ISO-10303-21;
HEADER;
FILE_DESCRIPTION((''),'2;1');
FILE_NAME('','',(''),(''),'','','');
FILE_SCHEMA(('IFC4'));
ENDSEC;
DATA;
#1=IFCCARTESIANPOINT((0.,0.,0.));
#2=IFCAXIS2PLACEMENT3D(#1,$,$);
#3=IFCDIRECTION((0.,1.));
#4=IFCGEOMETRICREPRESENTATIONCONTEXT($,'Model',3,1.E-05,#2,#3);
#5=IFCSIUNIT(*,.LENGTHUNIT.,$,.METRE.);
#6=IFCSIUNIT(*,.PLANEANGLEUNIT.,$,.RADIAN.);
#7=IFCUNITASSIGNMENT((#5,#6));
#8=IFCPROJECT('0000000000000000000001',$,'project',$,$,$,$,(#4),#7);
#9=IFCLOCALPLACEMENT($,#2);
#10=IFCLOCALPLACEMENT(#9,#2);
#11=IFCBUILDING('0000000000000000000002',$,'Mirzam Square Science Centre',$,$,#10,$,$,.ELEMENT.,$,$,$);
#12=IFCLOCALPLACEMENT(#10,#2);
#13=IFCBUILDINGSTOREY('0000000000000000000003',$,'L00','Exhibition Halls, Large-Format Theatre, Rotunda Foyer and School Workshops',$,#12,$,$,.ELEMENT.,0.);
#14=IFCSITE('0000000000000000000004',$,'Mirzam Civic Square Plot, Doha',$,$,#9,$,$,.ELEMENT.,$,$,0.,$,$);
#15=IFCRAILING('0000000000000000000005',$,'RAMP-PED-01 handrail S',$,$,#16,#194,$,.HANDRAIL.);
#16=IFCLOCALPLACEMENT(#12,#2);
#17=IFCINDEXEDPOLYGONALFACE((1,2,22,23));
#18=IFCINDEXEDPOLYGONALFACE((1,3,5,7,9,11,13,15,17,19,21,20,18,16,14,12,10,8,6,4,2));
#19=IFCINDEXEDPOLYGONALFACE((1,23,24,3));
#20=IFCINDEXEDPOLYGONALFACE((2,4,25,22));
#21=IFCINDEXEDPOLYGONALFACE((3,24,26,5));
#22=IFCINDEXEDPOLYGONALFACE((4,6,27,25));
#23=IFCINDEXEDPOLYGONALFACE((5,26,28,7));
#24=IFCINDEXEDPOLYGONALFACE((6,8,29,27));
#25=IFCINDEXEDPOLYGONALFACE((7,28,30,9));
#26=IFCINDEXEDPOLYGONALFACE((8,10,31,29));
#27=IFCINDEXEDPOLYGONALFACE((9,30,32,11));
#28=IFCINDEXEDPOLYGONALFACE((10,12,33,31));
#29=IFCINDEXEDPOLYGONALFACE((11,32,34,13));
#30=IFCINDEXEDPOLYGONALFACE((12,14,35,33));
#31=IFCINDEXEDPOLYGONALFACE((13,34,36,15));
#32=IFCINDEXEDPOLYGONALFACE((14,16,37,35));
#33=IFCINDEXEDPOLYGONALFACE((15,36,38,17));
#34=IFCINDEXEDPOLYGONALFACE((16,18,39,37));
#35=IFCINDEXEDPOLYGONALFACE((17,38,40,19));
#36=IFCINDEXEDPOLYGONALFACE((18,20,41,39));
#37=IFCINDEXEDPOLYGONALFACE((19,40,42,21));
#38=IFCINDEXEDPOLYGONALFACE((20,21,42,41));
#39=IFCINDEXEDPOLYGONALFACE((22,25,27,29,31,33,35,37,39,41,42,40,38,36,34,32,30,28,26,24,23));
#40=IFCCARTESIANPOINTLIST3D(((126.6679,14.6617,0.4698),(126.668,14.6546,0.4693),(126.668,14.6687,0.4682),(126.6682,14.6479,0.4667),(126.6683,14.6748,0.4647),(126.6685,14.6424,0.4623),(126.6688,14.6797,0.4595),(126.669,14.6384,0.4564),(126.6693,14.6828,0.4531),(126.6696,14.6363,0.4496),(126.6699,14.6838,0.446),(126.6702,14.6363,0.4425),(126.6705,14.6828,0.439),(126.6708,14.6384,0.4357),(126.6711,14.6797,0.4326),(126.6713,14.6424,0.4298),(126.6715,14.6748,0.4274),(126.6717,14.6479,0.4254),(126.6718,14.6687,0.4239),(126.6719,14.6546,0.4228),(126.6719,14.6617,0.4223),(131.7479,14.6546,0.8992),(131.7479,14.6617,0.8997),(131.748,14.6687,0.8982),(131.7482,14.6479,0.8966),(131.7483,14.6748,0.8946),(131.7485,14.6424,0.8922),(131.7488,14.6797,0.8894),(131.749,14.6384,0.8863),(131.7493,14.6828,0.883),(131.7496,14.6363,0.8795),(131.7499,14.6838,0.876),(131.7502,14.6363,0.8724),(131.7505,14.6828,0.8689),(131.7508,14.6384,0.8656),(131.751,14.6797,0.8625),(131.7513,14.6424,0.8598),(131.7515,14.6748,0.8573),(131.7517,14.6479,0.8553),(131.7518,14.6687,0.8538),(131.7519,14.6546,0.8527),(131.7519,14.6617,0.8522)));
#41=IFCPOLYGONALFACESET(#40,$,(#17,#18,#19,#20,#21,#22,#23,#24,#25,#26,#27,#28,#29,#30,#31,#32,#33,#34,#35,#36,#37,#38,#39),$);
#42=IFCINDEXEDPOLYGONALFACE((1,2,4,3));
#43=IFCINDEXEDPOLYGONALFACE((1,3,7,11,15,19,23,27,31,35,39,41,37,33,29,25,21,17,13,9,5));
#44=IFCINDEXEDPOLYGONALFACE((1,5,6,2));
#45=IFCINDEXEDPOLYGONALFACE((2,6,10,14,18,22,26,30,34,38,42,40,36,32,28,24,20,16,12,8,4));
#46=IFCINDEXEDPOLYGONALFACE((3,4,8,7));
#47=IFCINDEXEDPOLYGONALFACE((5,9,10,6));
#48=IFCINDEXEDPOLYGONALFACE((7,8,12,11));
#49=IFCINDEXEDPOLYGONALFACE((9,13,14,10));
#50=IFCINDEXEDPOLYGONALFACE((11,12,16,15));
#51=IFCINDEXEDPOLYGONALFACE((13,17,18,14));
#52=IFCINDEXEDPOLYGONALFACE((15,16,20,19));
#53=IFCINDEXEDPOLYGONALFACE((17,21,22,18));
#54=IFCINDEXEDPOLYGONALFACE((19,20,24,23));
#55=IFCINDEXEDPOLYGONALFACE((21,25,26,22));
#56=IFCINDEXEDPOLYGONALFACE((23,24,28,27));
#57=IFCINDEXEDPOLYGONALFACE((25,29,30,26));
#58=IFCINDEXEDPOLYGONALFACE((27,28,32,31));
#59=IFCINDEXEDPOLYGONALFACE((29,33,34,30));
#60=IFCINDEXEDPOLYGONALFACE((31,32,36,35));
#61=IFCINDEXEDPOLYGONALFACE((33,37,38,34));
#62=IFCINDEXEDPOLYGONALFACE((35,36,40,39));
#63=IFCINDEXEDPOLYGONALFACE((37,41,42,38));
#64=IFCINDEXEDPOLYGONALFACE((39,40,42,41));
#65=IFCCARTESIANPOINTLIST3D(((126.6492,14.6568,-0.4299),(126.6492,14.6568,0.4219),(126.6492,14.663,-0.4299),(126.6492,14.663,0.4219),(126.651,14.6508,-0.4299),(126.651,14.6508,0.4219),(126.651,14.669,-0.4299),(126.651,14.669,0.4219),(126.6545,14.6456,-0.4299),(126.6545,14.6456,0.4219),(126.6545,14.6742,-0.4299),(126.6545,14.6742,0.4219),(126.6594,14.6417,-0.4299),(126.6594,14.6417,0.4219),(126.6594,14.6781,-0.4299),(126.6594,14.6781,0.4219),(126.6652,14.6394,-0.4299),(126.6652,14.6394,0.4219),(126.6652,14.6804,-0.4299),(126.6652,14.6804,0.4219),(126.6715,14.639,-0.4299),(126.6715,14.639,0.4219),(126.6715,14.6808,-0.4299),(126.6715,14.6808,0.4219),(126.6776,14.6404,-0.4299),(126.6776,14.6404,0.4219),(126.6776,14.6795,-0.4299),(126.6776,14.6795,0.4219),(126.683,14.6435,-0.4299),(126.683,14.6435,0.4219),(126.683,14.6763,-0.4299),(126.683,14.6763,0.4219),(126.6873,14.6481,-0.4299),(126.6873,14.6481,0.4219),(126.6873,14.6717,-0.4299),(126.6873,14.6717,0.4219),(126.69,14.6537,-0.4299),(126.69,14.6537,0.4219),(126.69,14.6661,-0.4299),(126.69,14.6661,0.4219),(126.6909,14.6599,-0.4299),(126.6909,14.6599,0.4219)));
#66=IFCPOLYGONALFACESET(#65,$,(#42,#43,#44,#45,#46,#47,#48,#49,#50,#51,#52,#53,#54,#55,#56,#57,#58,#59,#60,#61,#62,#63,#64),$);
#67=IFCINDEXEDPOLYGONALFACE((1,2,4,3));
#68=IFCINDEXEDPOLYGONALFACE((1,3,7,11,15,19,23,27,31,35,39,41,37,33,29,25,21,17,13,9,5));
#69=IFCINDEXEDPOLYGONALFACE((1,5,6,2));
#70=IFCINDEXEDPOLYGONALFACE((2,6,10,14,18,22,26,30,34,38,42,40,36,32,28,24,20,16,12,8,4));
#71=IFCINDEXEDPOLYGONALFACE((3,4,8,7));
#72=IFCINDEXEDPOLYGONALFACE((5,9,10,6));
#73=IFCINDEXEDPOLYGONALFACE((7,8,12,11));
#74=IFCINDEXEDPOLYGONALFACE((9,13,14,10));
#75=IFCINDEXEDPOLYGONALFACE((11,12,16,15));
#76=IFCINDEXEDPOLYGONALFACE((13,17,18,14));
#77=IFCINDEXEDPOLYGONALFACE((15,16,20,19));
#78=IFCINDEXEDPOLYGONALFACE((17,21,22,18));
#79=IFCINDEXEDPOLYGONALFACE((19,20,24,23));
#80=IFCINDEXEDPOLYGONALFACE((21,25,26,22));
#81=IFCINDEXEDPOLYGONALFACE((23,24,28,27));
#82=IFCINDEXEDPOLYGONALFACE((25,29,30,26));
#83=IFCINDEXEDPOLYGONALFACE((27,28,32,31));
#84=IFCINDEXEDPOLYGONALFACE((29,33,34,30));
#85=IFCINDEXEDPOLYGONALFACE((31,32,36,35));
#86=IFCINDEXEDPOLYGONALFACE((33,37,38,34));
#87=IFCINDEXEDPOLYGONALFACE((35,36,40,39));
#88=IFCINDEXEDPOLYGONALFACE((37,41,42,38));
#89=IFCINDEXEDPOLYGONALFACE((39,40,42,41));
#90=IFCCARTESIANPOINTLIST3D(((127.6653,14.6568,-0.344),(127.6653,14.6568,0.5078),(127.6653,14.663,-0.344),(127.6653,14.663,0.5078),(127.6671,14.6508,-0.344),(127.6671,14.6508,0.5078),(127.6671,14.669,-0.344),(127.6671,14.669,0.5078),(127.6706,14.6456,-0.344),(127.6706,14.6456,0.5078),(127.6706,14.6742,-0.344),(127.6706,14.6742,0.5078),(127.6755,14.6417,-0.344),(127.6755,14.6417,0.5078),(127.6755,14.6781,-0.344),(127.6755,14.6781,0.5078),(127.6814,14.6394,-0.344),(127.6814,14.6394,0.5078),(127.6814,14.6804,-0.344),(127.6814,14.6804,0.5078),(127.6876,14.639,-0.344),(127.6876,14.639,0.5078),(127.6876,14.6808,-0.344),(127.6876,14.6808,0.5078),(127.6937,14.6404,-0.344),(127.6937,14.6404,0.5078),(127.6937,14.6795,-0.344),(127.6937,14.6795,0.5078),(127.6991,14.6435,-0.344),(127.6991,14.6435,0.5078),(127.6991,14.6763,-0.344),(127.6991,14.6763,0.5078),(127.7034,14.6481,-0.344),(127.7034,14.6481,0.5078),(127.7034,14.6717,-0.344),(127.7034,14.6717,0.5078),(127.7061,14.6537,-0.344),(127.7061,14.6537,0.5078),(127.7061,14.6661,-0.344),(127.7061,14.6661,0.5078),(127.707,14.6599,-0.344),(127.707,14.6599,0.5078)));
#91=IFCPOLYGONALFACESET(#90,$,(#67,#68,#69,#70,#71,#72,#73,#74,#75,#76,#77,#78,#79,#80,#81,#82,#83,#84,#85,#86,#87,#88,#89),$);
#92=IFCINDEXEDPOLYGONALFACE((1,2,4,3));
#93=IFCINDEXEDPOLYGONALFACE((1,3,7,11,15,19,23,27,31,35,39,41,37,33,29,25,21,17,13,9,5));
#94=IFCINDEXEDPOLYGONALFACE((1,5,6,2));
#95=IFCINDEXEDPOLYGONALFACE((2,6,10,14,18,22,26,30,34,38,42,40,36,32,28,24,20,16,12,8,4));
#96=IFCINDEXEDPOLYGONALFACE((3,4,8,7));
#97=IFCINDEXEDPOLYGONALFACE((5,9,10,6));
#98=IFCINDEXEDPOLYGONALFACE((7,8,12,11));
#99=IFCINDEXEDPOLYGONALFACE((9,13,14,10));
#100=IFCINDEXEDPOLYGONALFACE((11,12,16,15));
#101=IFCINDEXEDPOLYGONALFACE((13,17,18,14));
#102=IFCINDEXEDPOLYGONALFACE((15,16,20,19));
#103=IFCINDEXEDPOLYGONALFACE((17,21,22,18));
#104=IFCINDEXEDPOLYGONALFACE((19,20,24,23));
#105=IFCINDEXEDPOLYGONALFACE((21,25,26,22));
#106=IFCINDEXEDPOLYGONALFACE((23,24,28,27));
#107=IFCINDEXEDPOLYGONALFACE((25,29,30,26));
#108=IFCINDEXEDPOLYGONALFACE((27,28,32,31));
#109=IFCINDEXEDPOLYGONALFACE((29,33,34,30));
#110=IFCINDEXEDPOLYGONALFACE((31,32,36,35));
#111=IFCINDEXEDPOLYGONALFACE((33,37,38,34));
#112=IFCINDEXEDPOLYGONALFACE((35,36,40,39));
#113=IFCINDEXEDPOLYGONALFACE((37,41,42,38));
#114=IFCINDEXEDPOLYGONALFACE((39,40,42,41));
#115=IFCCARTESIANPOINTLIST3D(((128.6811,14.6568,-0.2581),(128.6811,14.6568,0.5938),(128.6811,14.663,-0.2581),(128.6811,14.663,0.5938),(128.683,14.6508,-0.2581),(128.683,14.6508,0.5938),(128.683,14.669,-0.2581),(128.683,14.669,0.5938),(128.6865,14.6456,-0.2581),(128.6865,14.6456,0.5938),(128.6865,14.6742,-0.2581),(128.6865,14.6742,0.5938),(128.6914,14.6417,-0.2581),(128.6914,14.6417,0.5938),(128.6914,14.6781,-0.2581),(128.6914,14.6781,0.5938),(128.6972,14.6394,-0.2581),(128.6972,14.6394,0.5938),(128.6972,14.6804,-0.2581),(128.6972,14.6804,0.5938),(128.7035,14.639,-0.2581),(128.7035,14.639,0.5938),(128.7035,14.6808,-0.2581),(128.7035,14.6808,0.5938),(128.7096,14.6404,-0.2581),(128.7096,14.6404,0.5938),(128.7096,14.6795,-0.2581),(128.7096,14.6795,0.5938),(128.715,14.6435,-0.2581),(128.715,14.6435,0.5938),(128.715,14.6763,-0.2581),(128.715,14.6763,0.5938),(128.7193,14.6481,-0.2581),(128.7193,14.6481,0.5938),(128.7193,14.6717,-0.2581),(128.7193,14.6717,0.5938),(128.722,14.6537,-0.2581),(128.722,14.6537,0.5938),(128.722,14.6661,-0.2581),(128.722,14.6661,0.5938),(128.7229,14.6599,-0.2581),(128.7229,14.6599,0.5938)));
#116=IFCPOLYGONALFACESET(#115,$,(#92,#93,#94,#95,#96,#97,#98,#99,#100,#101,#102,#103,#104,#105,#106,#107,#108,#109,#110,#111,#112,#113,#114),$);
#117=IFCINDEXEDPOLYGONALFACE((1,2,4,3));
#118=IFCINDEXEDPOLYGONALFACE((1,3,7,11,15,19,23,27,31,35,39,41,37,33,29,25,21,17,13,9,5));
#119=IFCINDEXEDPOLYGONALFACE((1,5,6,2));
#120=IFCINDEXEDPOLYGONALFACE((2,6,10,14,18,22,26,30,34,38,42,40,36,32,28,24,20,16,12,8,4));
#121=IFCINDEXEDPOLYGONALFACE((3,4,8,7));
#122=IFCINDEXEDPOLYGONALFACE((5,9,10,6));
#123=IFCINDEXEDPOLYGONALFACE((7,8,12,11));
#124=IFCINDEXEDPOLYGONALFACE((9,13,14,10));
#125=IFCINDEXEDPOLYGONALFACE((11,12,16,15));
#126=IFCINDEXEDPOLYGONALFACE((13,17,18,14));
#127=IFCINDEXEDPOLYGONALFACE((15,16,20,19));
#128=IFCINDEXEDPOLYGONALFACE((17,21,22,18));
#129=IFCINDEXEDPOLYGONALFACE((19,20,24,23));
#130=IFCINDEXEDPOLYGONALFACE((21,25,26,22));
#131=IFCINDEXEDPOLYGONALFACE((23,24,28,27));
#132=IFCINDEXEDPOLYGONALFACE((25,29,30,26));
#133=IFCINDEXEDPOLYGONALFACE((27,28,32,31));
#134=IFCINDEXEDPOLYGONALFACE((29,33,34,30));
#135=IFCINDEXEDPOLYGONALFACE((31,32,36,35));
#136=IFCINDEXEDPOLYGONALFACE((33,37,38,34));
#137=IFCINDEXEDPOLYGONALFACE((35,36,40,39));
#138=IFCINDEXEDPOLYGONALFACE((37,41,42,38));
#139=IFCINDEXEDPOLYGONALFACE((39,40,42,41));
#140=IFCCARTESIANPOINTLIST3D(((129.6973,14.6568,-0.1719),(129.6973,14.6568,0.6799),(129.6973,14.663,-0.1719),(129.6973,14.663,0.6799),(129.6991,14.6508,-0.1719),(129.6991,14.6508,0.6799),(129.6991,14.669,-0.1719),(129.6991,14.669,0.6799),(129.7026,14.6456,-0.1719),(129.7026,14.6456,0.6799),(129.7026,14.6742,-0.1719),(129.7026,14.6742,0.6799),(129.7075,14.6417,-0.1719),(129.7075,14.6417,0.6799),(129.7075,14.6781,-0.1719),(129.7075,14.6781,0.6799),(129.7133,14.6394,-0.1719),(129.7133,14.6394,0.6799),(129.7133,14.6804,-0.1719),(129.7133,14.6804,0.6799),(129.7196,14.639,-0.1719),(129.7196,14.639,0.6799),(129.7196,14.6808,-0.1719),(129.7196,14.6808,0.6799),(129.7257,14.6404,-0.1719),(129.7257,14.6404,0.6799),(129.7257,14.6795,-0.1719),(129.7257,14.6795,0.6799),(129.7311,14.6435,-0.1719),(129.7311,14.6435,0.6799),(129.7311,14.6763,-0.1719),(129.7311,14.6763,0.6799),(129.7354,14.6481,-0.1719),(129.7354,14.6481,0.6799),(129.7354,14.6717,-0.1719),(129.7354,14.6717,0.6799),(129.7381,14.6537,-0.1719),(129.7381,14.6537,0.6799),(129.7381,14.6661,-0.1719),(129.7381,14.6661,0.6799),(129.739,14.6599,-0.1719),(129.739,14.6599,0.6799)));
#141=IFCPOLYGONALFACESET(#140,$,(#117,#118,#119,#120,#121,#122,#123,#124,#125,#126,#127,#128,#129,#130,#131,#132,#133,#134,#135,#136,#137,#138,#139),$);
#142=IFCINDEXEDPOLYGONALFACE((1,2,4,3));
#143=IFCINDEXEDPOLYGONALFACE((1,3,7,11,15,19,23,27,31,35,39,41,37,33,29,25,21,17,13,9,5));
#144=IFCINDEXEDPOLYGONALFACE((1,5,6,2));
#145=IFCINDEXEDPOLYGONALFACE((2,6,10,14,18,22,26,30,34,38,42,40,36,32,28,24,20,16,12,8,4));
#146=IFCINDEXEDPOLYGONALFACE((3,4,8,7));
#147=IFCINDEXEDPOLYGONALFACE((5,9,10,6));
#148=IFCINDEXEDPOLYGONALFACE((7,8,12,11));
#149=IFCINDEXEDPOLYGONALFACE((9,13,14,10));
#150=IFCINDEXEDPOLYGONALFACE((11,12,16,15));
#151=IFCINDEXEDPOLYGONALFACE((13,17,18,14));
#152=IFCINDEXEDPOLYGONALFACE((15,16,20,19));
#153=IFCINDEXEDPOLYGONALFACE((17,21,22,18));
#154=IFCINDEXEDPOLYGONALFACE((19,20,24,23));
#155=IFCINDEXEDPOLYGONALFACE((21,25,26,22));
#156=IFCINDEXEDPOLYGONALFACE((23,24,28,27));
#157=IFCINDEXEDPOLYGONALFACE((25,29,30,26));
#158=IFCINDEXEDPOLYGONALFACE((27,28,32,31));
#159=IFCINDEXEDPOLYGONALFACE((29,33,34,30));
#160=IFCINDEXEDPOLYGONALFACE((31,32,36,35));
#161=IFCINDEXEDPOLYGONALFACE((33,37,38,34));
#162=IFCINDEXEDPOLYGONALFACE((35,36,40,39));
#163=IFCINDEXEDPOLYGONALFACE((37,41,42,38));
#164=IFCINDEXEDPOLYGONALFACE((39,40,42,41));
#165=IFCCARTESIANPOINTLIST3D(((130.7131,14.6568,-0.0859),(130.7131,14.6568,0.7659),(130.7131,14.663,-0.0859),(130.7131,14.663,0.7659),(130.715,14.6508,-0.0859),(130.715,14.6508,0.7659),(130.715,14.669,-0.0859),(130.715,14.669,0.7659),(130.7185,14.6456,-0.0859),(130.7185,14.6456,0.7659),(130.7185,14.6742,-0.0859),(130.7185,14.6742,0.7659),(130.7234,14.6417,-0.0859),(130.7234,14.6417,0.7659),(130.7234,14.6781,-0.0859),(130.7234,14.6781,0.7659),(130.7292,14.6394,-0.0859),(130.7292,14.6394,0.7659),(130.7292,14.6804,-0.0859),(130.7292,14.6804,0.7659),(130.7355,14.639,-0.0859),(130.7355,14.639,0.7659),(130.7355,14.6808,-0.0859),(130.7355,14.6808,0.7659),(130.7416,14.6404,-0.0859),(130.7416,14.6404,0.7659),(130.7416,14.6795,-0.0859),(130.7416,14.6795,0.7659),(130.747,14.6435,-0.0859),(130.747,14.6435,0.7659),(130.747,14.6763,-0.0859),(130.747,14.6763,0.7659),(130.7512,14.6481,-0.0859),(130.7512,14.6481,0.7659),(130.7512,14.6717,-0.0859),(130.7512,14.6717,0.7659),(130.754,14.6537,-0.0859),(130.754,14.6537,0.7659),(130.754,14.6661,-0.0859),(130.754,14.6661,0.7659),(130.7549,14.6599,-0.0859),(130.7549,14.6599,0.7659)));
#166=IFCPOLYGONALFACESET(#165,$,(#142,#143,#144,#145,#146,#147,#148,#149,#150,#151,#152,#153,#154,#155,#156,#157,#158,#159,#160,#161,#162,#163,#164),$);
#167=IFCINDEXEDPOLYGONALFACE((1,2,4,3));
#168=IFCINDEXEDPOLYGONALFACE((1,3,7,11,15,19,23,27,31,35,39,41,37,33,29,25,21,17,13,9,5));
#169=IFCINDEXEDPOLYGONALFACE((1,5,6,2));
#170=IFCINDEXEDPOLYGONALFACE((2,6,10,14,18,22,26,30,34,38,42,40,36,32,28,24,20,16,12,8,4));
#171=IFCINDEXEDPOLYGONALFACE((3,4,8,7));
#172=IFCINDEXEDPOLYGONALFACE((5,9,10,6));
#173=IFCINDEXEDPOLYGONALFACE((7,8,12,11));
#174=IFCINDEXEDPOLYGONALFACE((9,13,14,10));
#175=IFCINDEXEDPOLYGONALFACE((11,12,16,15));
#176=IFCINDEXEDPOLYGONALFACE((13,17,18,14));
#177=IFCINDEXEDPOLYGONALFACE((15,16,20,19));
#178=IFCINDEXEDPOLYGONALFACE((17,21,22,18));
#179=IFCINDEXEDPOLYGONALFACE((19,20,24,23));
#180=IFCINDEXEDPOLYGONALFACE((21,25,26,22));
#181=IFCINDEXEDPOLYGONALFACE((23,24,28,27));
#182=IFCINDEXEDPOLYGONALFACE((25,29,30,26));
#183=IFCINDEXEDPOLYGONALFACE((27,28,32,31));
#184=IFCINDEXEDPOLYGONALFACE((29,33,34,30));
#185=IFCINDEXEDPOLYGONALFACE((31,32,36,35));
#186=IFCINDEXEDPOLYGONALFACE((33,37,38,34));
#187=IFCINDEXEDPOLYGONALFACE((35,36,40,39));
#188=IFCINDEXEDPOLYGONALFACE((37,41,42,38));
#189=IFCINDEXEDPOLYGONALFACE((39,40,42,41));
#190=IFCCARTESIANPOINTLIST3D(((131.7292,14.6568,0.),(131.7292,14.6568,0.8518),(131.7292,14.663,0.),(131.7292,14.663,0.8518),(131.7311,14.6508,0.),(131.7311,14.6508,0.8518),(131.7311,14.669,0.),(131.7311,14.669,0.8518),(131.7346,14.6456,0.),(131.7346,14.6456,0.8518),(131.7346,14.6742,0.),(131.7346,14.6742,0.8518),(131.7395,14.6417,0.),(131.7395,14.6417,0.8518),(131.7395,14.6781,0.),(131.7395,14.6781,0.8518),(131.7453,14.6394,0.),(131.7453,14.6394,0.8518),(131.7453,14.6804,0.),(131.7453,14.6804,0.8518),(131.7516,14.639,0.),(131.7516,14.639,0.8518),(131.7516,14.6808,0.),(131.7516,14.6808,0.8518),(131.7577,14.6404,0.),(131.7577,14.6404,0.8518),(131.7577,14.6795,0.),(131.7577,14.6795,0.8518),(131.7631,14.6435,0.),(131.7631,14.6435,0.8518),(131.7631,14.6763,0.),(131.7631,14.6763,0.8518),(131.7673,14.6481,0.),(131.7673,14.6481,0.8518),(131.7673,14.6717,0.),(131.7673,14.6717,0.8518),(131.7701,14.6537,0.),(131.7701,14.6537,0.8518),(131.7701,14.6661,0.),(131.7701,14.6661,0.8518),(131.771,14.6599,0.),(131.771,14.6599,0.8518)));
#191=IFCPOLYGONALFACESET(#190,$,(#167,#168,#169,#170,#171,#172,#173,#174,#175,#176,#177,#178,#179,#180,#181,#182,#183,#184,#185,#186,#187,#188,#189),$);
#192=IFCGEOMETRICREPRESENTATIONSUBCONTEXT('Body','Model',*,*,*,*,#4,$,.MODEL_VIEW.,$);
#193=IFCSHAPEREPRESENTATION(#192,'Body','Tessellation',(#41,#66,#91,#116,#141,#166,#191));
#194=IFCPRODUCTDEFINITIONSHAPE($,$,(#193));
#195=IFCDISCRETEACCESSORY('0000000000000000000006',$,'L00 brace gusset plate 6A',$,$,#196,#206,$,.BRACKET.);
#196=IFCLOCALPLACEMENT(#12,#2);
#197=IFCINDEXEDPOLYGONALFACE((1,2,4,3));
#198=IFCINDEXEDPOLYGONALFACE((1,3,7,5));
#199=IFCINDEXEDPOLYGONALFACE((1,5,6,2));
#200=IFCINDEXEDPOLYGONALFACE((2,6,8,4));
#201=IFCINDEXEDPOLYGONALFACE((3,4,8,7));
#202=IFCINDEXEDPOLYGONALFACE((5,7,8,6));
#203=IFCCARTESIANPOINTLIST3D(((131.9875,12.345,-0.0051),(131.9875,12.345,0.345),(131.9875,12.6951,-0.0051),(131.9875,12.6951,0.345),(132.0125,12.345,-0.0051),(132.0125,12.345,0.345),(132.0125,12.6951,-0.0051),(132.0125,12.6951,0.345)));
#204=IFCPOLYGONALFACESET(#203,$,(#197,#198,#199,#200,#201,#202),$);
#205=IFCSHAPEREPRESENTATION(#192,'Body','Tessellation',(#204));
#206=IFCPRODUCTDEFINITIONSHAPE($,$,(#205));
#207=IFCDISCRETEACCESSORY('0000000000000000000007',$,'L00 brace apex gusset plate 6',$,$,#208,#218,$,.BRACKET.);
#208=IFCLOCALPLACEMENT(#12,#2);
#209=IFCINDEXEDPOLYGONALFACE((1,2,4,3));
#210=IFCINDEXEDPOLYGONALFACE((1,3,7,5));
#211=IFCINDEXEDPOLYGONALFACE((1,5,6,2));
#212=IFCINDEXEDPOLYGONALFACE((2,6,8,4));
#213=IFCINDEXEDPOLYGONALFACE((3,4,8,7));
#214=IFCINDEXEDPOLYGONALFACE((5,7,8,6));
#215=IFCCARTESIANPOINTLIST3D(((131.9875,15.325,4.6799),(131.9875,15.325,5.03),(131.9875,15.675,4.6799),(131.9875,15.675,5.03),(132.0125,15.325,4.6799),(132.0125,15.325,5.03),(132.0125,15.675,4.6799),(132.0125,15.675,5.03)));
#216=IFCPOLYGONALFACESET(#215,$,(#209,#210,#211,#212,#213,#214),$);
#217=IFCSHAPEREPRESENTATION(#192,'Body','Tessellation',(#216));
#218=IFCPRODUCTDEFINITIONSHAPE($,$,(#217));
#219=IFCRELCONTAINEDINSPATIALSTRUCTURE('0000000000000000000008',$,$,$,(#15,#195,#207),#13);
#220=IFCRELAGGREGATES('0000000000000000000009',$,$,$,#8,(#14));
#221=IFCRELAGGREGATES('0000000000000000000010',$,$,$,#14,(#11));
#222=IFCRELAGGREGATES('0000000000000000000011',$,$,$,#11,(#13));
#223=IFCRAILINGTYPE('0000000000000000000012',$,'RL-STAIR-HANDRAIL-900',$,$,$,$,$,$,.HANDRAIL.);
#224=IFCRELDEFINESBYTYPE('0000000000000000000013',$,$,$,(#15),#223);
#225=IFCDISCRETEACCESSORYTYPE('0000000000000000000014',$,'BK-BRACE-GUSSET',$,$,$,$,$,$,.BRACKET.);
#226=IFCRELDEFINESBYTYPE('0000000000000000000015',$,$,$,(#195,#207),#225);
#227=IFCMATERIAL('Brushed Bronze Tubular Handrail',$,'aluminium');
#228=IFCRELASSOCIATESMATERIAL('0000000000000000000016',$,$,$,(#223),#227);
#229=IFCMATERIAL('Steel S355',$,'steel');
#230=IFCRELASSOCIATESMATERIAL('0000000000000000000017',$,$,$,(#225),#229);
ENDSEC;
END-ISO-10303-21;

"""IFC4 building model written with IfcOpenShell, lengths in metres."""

from ifc_helpers import new_model, si_unit, direction, frame, origin, origin_2d, place, context, subcontext, project, spatial, rectangle, circle, extrude, material, type_object, element, save


model = new_model("IFC4")

# Units and contexts
model_context = context("Model", 3, precision=1e-05, world=origin(), true_north=direction((0.0, 1.0)))
body_context = subcontext(model_context, "Body", "Model", "MODEL_VIEW")
ifc_project = project(units=[si_unit("LENGTHUNIT", "METRE"), si_unit("PLANEANGLEUNIT", "RADIAN")], contexts=[model_context])

# Site, building, storey
site_placement = place(None, origin())
site = spatial("IfcSite", under=ifc_project, at=site_placement, Name="Mirzam Civic Square Plot, Doha", CompositionType="ELEMENT", RefElevation=0.0)
building_placement = place(site_placement, origin())
building = spatial("IfcBuilding", under=site, at=building_placement, Name="Mirzam Square Science Centre", CompositionType="ELEMENT")
storey_placement = place(building_placement, origin())
storey = spatial("IfcBuildingStorey", under=building, at=storey_placement, Name="L00", Description="Exhibition Halls, Large-Format Theatre, Rotunda Foyer and School Workshops", CompositionType="ELEMENT", Elevation=0.0)

# Shared definitions
ifc_material_1 = material(Name="Steel S355", Category="steel")

# Railing
ifc_material_2 = material(Name="Brushed Bronze Tubular Handrail", Category="aluminium")
railing_type = type_object("IfcRailingType", Name="RL-STAIR-HANDRAIL-900", PredefinedType="HANDRAIL", material=ifc_material_2)
railing_placement = place(storey_placement, frame((126.6699, 14.6599, -0.4299)))
element("IfcRailing", 1, at=railing_placement, inside=storey, type_object=railing_type, Name="RAMP-PED-01 handrail S", PredefinedType="HANDRAIL", context=body_context, shape_type="SweptSolid", body=[
    extrude(circle(Radius=0.0239, at=origin_2d()), frame((0.0, 0.0, 0.876), z_axis=(0.996438, 0.0, 0.084329), x_axis=(0.0, 1.0, 0.0)), (0.0, 0.0, 1.0), 5.0981),
    extrude(circle(Radius=0.021, at=origin_2d()), origin(), (0.0, 0.0, 1.0), 0.8518),
    extrude(circle(Radius=0.021, at=origin_2d()), frame((1.0161, 0.0, 0.0859)), (0.0, 0.0, 1.0), 0.8518),
    extrude(circle(Radius=0.021, at=origin_2d()), frame((2.032, 0.0, 0.1719)), (0.0, 0.0, 1.0), 0.8518),
    extrude(circle(Radius=0.021, at=origin_2d()), frame((3.0481, 0.0, 0.2581)), (0.0, 0.0, 1.0), 0.8518),
    extrude(circle(Radius=0.021, at=origin_2d()), frame((4.064, 0.0, 0.344)), (0.0, 0.0, 1.0), 0.8518),
    extrude(circle(Radius=0.021, at=origin_2d()), frame((5.0801, 0.0, 0.4299)), (0.0, 0.0, 1.0), 0.8518),
])

# Discrete accessories
discrete_accessory_type = type_object("IfcDiscreteAccessoryType", Name="BK-BRACE-GUSSET", PredefinedType="BRACKET", material=ifc_material_1)
for number, where, z_axis, x_axis, name in (
    (2, (132.0, 12.52, -0.0051), (0.0, 0.0, 1.0), (0.0, 1.0, 0.0), "L00 brace gusset plate 6A"),
    (3, (132.0, 15.5, 4.6799), (0.0, 0.0, 1.0), (0.0, 1.0, 0.0), "L00 brace apex gusset plate 6"),
):
    element("IfcDiscreteAccessory", number, at=place(storey_placement, frame(where, z_axis=z_axis, x_axis=x_axis)), inside=storey, type_object=discrete_accessory_type, Name=name, PredefinedType="BRACKET", context=body_context, shape_type="SweptSolid", body=[
        extrude(rectangle(XDim=0.3501, YDim=0.0249, at=origin_2d()), origin(), (0.0, 0.0, 1.0), 0.3501),
    ])

save(model, "model.ifc")
